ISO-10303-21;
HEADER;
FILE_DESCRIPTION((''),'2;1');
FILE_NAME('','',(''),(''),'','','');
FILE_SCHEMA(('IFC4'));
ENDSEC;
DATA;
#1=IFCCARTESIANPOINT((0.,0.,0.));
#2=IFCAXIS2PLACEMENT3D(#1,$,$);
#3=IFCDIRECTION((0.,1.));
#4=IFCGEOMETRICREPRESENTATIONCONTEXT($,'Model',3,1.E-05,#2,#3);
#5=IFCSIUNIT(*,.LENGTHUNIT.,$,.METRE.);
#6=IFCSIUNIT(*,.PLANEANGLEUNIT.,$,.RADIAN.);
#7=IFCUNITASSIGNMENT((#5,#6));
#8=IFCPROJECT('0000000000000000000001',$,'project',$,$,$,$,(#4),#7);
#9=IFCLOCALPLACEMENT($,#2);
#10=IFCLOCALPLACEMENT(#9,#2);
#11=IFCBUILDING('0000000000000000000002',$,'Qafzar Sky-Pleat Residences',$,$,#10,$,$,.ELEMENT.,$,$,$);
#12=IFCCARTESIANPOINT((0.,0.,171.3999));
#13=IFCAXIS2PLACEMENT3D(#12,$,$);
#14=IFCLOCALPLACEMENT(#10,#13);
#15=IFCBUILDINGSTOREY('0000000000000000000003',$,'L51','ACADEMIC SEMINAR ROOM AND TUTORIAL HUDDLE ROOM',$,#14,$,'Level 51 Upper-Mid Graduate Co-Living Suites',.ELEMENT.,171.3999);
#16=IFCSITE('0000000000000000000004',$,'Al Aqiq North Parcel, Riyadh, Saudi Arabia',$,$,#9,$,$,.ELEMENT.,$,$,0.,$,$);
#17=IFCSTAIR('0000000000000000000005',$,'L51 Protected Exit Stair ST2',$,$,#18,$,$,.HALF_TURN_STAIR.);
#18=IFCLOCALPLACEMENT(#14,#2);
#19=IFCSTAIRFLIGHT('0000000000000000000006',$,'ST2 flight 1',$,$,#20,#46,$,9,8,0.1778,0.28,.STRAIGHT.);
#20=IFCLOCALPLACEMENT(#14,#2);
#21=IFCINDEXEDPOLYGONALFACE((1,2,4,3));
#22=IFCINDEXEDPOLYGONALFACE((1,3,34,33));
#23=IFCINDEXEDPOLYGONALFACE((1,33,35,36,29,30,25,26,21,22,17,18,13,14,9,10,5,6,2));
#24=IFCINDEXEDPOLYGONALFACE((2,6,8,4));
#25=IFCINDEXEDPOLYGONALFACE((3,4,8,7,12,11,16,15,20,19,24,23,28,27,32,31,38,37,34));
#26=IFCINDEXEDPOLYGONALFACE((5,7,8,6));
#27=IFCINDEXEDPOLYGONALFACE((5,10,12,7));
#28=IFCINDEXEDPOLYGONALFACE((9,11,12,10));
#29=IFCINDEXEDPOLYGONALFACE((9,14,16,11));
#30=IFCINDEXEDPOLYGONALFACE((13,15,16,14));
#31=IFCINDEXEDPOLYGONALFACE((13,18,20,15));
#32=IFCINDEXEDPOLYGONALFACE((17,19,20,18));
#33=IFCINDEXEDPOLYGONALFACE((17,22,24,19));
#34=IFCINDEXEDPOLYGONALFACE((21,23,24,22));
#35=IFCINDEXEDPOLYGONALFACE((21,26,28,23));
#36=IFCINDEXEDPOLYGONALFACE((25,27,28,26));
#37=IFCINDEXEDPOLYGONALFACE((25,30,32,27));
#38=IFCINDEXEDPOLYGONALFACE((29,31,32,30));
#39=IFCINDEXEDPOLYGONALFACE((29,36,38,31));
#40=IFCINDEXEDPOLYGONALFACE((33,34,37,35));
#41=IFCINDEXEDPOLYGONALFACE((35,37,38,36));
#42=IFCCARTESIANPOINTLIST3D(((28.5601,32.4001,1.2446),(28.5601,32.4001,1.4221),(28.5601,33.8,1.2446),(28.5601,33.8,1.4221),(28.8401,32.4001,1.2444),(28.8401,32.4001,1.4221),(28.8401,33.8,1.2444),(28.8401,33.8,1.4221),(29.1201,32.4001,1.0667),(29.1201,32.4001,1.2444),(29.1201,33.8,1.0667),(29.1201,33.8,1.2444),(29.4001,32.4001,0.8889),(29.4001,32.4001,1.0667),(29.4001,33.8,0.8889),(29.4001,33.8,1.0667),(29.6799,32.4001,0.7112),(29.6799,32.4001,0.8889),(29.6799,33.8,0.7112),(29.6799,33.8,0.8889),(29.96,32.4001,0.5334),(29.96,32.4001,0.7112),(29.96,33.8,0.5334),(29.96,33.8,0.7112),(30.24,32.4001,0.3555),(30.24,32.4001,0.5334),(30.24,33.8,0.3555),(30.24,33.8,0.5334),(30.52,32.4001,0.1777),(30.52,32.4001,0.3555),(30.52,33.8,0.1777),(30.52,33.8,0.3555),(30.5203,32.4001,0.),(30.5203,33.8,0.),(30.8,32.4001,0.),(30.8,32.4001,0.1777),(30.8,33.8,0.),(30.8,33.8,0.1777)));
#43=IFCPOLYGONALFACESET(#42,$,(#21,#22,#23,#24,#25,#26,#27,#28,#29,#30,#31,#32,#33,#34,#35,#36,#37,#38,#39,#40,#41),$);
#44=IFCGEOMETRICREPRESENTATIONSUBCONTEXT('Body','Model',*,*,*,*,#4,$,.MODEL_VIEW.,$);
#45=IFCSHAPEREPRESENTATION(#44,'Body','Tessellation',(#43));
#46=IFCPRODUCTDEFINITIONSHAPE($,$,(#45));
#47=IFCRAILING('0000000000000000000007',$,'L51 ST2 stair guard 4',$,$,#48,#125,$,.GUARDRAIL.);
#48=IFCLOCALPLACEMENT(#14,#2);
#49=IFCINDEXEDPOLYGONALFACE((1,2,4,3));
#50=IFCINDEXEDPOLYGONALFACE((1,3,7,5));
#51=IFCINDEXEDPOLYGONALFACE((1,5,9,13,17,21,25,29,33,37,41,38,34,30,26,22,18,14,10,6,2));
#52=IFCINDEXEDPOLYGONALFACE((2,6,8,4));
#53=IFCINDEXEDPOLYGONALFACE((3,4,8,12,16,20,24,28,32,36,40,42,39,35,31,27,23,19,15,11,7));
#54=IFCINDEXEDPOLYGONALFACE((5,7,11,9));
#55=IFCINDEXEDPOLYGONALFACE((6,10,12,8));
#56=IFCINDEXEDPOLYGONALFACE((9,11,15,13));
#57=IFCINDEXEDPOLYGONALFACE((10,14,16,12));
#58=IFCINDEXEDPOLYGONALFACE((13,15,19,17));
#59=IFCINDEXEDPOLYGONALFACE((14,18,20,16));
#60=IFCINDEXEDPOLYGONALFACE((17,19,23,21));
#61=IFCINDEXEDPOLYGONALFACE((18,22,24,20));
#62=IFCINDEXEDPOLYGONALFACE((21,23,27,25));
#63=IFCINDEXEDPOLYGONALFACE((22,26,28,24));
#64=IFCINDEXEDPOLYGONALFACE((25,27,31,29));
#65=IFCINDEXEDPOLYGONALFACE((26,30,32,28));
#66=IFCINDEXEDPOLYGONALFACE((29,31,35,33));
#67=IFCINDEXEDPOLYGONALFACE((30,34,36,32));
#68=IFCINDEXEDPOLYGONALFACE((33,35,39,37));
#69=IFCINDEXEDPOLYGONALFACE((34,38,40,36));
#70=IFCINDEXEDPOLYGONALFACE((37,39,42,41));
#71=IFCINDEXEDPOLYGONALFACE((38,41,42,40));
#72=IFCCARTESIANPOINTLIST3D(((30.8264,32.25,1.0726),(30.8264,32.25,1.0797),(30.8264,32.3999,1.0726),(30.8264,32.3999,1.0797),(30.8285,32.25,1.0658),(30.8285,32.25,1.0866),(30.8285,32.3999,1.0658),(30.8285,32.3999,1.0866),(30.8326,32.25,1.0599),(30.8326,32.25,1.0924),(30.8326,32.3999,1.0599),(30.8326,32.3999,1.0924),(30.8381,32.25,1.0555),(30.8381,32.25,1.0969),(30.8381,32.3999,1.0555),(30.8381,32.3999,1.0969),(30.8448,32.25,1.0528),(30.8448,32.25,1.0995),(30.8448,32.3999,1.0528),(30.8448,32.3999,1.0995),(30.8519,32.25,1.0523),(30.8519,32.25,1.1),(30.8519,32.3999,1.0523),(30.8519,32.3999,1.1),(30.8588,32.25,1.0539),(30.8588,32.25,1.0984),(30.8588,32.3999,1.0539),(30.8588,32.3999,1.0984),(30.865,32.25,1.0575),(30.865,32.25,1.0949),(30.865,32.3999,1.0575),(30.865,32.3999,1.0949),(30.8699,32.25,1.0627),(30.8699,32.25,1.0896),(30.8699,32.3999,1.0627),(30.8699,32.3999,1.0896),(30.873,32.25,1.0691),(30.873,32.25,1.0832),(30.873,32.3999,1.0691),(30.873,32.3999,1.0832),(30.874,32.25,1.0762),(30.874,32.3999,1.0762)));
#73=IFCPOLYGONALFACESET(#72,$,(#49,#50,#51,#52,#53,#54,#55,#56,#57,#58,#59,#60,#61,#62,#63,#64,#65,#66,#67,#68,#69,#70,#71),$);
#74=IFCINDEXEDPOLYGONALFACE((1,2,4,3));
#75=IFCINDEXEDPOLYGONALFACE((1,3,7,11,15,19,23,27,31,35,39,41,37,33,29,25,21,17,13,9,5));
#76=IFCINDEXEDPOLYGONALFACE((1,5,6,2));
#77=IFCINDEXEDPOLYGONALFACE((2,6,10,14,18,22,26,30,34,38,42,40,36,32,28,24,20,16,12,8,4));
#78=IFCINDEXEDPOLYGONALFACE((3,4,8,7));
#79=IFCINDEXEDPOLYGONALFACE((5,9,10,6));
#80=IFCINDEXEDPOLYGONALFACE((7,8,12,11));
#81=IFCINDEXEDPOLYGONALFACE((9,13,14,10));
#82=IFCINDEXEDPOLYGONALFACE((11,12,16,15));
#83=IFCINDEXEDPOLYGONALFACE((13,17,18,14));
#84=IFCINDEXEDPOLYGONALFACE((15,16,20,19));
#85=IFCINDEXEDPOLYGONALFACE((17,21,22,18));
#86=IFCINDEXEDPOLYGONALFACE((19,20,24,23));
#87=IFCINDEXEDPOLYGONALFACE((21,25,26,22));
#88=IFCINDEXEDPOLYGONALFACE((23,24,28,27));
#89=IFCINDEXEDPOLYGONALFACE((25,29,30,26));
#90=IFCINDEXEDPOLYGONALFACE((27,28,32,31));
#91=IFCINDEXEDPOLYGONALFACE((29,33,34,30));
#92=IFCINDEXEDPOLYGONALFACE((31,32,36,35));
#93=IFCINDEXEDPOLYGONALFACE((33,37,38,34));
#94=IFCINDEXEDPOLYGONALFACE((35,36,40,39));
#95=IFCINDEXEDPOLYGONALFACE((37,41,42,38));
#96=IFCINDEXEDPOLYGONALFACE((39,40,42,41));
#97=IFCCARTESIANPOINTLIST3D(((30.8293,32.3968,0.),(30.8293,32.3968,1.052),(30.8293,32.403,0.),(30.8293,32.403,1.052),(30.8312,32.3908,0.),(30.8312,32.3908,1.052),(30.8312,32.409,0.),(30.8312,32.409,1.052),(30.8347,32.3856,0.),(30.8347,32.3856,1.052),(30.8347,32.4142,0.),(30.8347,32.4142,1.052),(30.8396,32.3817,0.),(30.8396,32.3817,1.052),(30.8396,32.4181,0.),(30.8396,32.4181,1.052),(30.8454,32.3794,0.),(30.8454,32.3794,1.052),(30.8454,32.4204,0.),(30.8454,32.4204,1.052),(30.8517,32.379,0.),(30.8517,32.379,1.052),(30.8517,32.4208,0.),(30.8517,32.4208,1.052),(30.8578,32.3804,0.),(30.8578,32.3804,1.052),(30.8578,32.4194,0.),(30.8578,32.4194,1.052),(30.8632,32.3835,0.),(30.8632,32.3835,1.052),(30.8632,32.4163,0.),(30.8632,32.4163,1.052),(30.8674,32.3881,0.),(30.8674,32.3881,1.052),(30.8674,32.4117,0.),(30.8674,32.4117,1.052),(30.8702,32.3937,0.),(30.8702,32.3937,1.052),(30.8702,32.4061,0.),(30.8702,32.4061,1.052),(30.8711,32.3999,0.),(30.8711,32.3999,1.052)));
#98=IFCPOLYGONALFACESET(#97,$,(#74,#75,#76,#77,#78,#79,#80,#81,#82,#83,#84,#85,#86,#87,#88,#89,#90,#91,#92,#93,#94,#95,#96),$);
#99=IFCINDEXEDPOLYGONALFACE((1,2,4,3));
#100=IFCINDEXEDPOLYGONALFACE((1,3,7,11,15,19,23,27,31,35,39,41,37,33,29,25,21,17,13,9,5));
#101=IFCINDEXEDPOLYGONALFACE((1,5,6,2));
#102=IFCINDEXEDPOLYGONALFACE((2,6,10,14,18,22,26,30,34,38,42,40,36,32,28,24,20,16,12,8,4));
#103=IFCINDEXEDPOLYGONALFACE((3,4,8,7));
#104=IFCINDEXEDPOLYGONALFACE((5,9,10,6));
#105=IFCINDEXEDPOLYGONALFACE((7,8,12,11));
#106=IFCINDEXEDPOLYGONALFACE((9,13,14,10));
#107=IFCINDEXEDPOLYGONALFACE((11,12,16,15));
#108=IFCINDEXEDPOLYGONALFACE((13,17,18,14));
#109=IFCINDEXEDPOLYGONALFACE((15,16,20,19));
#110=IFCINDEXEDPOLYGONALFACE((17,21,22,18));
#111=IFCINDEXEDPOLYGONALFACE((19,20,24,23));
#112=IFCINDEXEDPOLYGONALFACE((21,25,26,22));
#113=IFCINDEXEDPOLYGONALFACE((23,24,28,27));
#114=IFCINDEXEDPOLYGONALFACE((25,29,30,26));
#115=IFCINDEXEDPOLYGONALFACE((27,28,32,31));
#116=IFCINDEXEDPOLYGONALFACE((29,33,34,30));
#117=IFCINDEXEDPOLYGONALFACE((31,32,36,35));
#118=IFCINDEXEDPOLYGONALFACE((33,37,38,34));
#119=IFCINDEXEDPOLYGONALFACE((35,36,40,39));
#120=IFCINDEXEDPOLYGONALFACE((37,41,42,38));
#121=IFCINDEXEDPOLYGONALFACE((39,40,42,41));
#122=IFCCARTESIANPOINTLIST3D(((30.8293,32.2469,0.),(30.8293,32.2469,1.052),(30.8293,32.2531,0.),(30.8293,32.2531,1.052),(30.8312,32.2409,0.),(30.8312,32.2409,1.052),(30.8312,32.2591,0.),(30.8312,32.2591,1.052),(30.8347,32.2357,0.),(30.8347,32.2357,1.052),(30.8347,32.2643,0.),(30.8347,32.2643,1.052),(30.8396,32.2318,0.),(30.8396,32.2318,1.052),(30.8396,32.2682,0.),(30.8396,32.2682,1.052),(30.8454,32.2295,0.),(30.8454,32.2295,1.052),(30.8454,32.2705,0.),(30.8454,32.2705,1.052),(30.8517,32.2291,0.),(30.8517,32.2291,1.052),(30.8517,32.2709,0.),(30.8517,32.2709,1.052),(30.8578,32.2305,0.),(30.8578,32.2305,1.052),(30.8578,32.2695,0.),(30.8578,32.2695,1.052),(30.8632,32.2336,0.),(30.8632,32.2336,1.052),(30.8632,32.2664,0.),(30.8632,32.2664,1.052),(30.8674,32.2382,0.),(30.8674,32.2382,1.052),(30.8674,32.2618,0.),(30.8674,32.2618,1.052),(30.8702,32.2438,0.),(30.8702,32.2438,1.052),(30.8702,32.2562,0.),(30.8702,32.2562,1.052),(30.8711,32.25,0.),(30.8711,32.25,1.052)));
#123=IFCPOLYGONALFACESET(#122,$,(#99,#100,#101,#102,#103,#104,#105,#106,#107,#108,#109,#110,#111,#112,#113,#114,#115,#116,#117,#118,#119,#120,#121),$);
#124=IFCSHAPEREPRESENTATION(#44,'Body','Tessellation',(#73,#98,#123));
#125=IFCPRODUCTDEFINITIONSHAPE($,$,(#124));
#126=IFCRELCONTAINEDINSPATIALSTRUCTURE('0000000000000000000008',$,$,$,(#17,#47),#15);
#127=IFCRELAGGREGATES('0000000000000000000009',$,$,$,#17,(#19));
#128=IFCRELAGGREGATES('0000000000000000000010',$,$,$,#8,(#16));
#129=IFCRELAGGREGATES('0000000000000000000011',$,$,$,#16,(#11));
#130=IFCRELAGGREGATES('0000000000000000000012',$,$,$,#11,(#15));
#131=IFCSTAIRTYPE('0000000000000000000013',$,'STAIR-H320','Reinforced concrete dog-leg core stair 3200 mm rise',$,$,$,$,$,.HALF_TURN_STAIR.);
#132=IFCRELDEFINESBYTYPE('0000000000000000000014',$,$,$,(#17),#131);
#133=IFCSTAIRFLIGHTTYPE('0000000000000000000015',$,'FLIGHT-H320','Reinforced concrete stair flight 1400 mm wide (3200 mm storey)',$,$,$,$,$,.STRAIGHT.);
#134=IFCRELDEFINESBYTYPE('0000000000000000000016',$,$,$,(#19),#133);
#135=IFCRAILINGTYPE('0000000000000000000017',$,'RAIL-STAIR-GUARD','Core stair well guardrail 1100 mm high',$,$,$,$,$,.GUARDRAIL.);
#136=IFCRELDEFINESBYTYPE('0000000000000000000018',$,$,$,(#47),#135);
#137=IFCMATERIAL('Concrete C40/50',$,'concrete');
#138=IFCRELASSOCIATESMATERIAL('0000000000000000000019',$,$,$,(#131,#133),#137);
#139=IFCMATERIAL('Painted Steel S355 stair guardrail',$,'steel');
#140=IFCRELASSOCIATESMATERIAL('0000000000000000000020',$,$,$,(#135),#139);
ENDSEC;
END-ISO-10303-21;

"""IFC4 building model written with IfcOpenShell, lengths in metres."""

from ifc_helpers import new_model, si_unit, direction, frame, origin, origin_2d, place, context, subcontext, project, spatial, polyline, circle, outline, extrude, source, transform, mapped, material, type_object, element, aggregate, save


model = new_model("IFC4")

# Units and contexts
model_context = context("Model", 3, precision=1e-05, world=origin(), true_north=direction((0.0, 1.0)))
body_context = subcontext(model_context, "Body", "Model", "MODEL_VIEW")
ifc_project = project(units=[si_unit("LENGTHUNIT", "METRE"), si_unit("PLANEANGLEUNIT", "RADIAN")], contexts=[model_context])

# Site, building, storey
site_placement = place(None, origin())
site = spatial("IfcSite", under=ifc_project, at=site_placement, Name="Al Aqiq North Parcel, Riyadh, Saudi Arabia", CompositionType="ELEMENT", RefElevation=0.0)
building_placement = place(site_placement, origin())
building = spatial("IfcBuilding", under=site, at=building_placement, Name="Qafzar Sky-Pleat Residences", CompositionType="ELEMENT")
storey_placement = place(building_placement, frame((0.0, 0.0, 171.3999)))
storey = spatial("IfcBuildingStorey", under=building, at=storey_placement, Name="L51", Description="ACADEMIC SEMINAR ROOM AND TUTORIAL HUDDLE ROOM", LongName="Level 51 Upper-Mid Graduate Co-Living Suites", CompositionType="ELEMENT", Elevation=171.3999)

# Stair, stair flight
ifc_material_1 = material(Name="Concrete C40/50", Category="concrete")
stair_type = type_object("IfcStairType", Name="STAIR-H320", Description="Reinforced concrete dog-leg core stair 3200 mm rise", PredefinedType="HALF_TURN_STAIR", material=ifc_material_1)
stair_placement = place(storey_placement, origin())
stair = element("IfcStair", 1, at=stair_placement, inside=storey, type_object=stair_type, Name="L51 Protected Exit Stair ST2", PredefinedType="HALF_TURN_STAIR")
stair_flight_type = type_object("IfcStairFlightType", Name="FLIGHT-H320", Description="Reinforced concrete stair flight 1400 mm wide (3200 mm storey)", PredefinedType="STRAIGHT", material=ifc_material_1)
shared_shape_1 = source(origin(), body_context, "Body", "SweptSolid", [
    extrude(outline(polyline([(0.0, 0.0), (0.0, 0.1777), (0.28, 0.1777), (0.28, 0.3555), (0.5601, 0.3555), (0.5601, 0.5334), (0.8401, 0.5334), (0.8401, 0.7112), (1.1201, 0.7112), (1.1201, 0.8889), (1.3999, 0.8889), (1.3999, 1.0667), (1.6799, 1.0667), (1.6799, 1.2444), (1.96, 1.2444), (1.96, 1.4221), (2.24, 1.4221), (2.24, 1.6001), (2.24, 1.2446), (0.2798, 0.0), (0.0, 0.0)])), frame((0.0, 0.7, 0.0), z_axis=(0.0, -1.0, 0.0), x_axis=(1.0, 0.0, 0.0)), (0.0, 0.0, 1.0), 1.3999),
])
stair_flight_placement = place(storey_placement, frame((30.8, 33.1001, 0.0), z_axis=(0.0, 0.0, 1.0), x_axis=(-1.0, 0.0, 0.0)))
stair_flight = element("IfcStairFlight", 2, at=stair_flight_placement, type_object=stair_flight_type, Name="ST2 flight 1", NumberOfRisers=9, NumberOfTreads=8, PredefinedType="STRAIGHT", RiserHeight=0.1778, TreadLength=0.28, context=body_context, shape_type="MappedRepresentation", body=[
    mapped(shared_shape_1, transform((0.0, 0.0, 0.0), x_axis=(1.0, 0.0, 0.0), y_axis=(0.0, 1.0, 0.0), z_axis=(0.0, 0.0, 1.0), scale=1.0)),
])
aggregate(stair, [stair_flight])

# Railing
ifc_material_2 = material(Name="Painted Steel S355 stair guardrail", Category="steel")
railing_type_1 = type_object("IfcRailingType", Name="RAIL-STAIR-GUARD", Description="Core stair well guardrail 1100 mm high", PredefinedType="GUARDRAIL", material=ifc_material_2)
shared_shape_2 = source(origin(), body_context, "Body", "SweptSolid", [
    extrude(circle(Radius=0.0239, at=origin_2d()), frame((0.0, 0.0, 1.0762), z_axis=(0.0, -1.0, 0.0), x_axis=(1.0, 0.0, 0.0)), (0.0, 0.0, 1.0), 0.1499),
    extrude(circle(Radius=0.021, at=origin_2d()), origin(), (0.0, 0.0, 1.0), 1.052),
    extrude(circle(Radius=0.021, at=origin_2d()), frame((0.0, -0.1499, 0.0)), (0.0, 0.0, 1.0), 1.052),
])
railing_1_placement = place(storey_placement, frame((30.8501, 32.3999, 0.0)))
element("IfcRailing", 3, at=railing_1_placement, inside=storey, type_object=railing_type_1, Name="L51 ST2 stair guard 4", PredefinedType="GUARDRAIL", context=body_context, shape_type="MappedRepresentation", body=[
    mapped(shared_shape_2, transform((0.0, 0.0, 0.0), x_axis=(1.0, 0.0, 0.0), y_axis=(0.0, 1.0, 0.0), z_axis=(0.0, 0.0, 1.0), scale=1.0)),
])

save(model, "model.ifc")
